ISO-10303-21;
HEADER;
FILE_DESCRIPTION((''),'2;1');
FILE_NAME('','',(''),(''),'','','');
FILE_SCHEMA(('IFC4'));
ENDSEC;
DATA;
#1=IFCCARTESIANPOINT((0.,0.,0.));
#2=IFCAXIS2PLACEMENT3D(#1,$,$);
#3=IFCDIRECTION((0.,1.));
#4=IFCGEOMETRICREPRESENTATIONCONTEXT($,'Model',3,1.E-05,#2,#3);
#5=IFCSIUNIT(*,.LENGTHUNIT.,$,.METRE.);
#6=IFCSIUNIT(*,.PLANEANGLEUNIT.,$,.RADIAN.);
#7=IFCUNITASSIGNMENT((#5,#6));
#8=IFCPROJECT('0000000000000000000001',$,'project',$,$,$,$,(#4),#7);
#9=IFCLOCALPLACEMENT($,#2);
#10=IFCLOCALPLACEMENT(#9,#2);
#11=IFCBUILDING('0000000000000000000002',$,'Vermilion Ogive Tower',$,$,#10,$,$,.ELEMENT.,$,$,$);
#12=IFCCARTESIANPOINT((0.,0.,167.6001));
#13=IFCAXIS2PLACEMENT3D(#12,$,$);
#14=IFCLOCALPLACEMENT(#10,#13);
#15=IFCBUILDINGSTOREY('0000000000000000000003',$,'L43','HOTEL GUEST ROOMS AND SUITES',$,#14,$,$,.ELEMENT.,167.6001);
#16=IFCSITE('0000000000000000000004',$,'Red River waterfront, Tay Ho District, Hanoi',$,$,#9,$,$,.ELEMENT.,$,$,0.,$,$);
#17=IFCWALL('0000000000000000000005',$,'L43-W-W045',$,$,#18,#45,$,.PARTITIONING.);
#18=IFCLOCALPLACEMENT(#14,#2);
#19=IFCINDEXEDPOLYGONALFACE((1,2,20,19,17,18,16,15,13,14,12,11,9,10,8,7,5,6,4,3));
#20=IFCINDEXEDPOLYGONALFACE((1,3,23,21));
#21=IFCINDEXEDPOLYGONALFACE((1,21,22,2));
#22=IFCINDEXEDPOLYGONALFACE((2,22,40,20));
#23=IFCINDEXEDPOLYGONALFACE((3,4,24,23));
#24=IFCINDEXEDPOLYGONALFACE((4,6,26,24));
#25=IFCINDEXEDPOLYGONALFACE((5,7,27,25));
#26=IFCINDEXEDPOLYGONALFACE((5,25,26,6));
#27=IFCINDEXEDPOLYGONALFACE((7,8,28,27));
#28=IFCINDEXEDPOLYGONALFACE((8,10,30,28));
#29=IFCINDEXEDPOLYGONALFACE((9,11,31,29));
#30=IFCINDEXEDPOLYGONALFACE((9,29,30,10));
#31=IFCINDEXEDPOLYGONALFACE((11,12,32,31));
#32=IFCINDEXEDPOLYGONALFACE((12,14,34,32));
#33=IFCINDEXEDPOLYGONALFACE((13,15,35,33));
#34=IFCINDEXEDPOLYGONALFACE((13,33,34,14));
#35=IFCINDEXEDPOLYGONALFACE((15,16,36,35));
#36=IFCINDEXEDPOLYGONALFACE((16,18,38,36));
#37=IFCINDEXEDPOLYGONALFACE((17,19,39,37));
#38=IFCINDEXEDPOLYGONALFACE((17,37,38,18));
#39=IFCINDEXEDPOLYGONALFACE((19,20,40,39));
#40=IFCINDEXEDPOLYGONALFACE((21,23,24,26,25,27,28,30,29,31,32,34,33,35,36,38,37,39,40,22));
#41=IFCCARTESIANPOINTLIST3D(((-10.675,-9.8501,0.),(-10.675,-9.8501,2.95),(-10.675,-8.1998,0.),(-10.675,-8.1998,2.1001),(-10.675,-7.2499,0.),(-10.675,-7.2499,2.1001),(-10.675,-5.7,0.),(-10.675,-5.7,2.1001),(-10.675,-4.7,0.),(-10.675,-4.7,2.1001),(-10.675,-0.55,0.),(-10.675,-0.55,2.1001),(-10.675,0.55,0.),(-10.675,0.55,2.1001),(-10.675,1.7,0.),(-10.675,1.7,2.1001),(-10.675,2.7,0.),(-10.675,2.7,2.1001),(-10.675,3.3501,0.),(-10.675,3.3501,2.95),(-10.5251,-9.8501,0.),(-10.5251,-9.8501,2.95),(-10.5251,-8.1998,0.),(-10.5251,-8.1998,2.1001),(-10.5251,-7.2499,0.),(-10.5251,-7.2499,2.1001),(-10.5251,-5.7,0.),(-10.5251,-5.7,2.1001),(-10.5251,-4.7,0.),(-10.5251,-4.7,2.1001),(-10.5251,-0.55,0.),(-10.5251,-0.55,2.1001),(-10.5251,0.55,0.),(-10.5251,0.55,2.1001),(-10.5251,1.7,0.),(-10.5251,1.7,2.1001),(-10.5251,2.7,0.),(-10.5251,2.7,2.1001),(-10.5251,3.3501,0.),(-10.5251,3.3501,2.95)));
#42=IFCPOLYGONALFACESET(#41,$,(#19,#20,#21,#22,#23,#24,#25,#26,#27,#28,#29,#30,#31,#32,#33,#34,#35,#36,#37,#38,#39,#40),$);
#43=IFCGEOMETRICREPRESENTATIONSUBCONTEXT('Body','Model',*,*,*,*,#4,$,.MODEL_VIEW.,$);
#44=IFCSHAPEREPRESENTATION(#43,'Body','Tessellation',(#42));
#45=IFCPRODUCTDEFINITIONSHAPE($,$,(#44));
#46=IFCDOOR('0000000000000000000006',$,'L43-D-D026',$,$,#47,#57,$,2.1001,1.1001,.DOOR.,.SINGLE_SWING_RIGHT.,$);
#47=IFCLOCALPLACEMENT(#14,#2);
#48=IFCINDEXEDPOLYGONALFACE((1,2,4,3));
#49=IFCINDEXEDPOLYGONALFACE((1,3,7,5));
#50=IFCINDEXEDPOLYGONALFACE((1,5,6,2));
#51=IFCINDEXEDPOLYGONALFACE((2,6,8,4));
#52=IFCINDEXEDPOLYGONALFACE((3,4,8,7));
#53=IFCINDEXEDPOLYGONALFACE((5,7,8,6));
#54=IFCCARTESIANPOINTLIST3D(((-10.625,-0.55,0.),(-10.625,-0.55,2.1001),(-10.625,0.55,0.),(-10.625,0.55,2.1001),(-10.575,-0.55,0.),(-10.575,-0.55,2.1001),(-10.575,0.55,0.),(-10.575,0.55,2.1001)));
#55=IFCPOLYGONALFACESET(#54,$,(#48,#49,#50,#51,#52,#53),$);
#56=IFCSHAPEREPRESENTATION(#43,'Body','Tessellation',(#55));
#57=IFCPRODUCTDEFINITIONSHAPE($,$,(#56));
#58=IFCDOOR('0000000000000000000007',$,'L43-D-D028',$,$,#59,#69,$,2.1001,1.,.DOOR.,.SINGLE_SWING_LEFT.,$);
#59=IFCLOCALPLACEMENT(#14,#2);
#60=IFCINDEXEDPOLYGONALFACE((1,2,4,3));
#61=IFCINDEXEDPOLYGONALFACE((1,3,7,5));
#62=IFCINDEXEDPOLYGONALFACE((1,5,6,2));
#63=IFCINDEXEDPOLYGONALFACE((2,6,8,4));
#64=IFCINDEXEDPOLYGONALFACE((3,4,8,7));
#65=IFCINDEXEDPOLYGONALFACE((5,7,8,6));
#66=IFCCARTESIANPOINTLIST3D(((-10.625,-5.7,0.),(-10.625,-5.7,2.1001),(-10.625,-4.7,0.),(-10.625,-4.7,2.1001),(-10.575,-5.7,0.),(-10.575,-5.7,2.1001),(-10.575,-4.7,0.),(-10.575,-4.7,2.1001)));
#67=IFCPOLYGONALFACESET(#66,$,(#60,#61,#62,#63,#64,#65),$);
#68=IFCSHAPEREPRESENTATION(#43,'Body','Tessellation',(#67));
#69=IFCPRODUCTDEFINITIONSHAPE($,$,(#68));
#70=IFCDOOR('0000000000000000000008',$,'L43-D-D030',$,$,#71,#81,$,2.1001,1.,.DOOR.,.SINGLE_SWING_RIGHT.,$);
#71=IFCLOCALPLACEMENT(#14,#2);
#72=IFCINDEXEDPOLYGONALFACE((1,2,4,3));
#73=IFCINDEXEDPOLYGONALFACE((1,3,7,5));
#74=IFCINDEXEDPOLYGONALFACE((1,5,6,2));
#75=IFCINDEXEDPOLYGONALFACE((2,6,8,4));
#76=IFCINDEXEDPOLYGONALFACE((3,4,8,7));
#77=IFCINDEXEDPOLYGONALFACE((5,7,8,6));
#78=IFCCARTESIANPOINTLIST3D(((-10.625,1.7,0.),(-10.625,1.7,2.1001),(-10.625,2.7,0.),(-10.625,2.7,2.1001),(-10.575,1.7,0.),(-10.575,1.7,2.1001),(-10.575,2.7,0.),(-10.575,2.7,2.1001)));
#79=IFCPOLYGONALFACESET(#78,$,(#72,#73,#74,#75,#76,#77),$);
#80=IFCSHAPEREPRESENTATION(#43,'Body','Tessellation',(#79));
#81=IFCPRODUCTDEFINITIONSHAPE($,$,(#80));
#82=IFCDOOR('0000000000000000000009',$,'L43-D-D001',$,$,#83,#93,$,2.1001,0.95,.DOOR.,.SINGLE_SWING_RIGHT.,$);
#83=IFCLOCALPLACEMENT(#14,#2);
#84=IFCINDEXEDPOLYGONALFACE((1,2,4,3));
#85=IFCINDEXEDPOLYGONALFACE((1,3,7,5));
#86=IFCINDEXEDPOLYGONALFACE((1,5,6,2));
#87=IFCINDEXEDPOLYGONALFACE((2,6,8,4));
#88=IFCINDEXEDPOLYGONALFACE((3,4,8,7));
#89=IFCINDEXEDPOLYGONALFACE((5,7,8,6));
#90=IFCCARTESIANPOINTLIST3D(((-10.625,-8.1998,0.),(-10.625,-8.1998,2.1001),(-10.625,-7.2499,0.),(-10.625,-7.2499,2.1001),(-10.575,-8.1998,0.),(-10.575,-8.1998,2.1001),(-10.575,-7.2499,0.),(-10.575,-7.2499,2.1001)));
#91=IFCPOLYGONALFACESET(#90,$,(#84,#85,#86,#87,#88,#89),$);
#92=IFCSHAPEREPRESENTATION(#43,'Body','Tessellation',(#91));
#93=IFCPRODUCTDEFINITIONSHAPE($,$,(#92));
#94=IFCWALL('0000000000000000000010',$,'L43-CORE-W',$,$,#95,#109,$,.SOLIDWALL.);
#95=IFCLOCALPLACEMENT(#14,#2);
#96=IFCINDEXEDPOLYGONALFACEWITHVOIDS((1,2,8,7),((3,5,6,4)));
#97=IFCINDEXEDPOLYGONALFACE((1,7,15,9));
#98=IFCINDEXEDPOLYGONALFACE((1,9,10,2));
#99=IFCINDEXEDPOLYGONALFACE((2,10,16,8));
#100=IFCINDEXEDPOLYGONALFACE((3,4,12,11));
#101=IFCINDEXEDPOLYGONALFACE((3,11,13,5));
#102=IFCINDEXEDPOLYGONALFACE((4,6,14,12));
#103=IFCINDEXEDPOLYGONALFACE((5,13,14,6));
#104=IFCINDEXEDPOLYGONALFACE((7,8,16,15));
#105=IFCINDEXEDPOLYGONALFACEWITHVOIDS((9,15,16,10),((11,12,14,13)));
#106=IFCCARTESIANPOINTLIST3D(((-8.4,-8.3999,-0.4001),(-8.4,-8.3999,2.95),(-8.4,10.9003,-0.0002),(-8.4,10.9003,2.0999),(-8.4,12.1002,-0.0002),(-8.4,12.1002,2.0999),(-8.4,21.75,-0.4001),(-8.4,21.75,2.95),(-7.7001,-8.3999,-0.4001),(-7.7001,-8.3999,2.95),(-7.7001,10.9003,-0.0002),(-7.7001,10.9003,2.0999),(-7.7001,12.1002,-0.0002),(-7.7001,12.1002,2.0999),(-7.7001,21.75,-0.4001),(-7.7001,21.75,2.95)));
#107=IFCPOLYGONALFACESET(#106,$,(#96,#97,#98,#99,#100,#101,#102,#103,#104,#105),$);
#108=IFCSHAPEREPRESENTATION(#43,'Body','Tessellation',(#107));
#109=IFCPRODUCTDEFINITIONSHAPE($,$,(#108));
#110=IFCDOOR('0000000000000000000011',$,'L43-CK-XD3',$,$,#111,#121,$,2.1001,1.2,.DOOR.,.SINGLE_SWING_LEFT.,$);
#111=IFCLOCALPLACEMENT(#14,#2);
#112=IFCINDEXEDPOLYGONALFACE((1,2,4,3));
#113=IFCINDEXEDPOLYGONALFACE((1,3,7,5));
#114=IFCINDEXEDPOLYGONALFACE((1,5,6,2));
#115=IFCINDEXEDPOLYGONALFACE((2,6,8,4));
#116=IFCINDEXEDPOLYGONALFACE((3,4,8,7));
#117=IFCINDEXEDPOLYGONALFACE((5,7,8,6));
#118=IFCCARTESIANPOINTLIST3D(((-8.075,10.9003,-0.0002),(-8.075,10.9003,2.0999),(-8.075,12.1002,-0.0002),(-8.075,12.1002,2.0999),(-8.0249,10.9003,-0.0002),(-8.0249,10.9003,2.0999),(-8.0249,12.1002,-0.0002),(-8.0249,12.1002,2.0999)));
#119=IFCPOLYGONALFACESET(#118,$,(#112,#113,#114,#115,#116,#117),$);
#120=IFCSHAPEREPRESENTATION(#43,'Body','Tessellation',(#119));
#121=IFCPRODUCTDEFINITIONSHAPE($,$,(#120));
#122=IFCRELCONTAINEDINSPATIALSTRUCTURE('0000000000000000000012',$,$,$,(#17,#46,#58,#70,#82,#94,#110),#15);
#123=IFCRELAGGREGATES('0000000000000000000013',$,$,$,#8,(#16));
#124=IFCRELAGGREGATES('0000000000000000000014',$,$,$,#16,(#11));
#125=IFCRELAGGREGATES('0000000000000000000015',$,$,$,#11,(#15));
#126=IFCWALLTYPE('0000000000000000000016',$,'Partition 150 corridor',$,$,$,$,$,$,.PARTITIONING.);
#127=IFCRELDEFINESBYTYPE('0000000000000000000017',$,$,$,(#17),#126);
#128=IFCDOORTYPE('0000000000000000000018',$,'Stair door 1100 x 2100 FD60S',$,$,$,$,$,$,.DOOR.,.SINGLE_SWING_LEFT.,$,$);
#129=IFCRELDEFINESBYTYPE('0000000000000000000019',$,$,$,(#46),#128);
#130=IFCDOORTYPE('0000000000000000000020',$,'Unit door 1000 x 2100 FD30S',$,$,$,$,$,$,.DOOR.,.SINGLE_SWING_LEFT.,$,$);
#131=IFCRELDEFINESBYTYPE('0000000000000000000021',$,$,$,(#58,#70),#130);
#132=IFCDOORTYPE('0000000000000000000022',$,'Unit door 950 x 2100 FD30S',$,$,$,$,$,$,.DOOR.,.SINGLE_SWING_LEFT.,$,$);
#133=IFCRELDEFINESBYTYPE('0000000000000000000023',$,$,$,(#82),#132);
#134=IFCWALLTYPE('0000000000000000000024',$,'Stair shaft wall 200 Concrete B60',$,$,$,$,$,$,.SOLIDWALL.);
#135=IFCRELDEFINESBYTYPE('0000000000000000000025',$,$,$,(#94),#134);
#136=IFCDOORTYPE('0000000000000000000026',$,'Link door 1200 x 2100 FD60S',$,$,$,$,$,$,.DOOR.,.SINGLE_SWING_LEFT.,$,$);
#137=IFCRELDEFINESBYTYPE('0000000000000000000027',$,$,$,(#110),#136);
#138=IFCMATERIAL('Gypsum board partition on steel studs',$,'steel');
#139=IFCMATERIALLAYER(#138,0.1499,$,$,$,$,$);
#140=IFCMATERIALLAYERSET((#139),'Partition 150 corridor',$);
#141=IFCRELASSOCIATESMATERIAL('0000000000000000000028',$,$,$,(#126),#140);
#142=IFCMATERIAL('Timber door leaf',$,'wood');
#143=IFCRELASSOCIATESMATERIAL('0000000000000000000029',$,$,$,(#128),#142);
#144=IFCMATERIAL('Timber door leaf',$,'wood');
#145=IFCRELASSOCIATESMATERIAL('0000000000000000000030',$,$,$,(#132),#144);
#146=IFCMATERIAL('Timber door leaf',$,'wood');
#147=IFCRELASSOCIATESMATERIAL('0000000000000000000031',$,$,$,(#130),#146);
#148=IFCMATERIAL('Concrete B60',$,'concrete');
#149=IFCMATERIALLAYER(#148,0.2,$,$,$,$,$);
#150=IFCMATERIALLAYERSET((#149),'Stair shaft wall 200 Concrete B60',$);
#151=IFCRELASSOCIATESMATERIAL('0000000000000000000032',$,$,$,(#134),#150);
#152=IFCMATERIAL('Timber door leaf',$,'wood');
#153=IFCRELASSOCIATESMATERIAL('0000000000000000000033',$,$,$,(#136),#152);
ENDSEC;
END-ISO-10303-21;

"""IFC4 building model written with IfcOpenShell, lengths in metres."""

from ifc_helpers import new_model, si_unit, direction, frame, frame_2d, origin, place, context, subcontext, project, spatial, rectangle, extrude, material, layer, layer_set, type_object, element, fill, save


model = new_model("IFC4")

# Units and contexts
model_context = context("Model", 3, precision=1e-05, world=origin(), true_north=direction((0.0, 1.0)))
body_context = subcontext(model_context, "Body", "Model", "MODEL_VIEW")
ifc_project = project(units=[si_unit("LENGTHUNIT", "METRE"), si_unit("PLANEANGLEUNIT", "RADIAN")], contexts=[model_context])

# Site, building, storey
site_placement = place(None, origin())
site = spatial("IfcSite", under=ifc_project, at=site_placement, Name="Red River waterfront, Tay Ho District, Hanoi", CompositionType="ELEMENT", RefElevation=0.0)
building_placement = place(site_placement, origin())
building = spatial("IfcBuilding", under=site, at=building_placement, Name="Vermilion Ogive Tower", CompositionType="ELEMENT")
storey_placement = place(building_placement, frame((0.0, 0.0, 167.6001)))
storey = spatial("IfcBuildingStorey", under=building, at=storey_placement, Name="L43", Description="HOTEL GUEST ROOMS AND SUITES", CompositionType="ELEMENT", Elevation=167.6001)

# Wall, openings, doors
ifc_material_1 = material(Name="Gypsum board partition on steel studs", Category="steel")
ifc_layer_1 = layer(ifc_material_1, 0.1499)
ifc_layer_set_1 = layer_set([ifc_layer_1], Name="Partition 150 corridor")
wall_type_1 = type_object("IfcWallType", Name="Partition 150 corridor", PredefinedType="PARTITIONING", material=ifc_layer_set_1)
ifc_material_2 = material(Name="Timber door leaf", Category="wood")
door_type_1 = type_object("IfcDoorType", Name="Stair door 1100 x 2100 FD60S", OperationType="SINGLE_SWING_LEFT", PredefinedType="DOOR", material=ifc_material_2)
ifc_material_3 = material(Name="Timber door leaf", Category="wood")
door_type_2 = type_object("IfcDoorType", Name="Unit door 950 x 2100 FD30S", OperationType="SINGLE_SWING_LEFT", PredefinedType="DOOR", material=ifc_material_3)
wall_1_placement = place(storey_placement, frame((-10.6001, -9.8501, 0.0), z_axis=(0.0, 0.0, 1.0), x_axis=(0.0, 1.0, 0.0)))
wall_1 = element("IfcWall", 1, at=wall_1_placement, inside=storey, type_object=wall_type_1, Name="L43-W-W045", PredefinedType="PARTITIONING", context=body_context, shape_type="SweptSolid", body=[
    extrude(rectangle(XDim=13.2002, YDim=0.1499, at=frame_2d((6.6001, 0.0))), origin(), (0.0, 0.0, 1.0), 2.95),
])
opening_1_placement = place(wall_1_placement, frame((1.6501, 0.0, 0.0)))
opening_1 = element("IfcOpeningElement", 2, at=opening_1_placement, cuts=wall_1, PredefinedType="OPENING", context=body_context, shape_type="SweptSolid", body=[
    extrude(rectangle(XDim=0.95, YDim=2.1001, at=frame_2d((0.4751, 1.05))), frame((0.0, 0.085, 0.0), z_axis=(0.0, -1.0, 0.0), x_axis=(1.0, 0.0, 0.0)), (0.0, 0.0, 1.0), 0.1699),
])
opening_2_placement = place(wall_1_placement, frame((9.3, 0.0, 0.0)))
opening_2 = element("IfcOpeningElement", 3, at=opening_2_placement, cuts=wall_1, PredefinedType="OPENING", context=body_context, shape_type="SweptSolid", body=[
    extrude(rectangle(XDim=1.1001, YDim=2.1001, at=frame_2d((0.55, 1.05))), frame((0.0, 0.085, 0.0), z_axis=(0.0, -1.0, 0.0), x_axis=(1.0, 0.0, 0.0)), (0.0, 0.0, 1.0), 0.1699),
])
opening_3_placement = place(wall_1_placement, frame((4.1501, 0.0, 0.0)))
opening_3 = element("IfcOpeningElement", 4, at=opening_3_placement, cuts=wall_1, PredefinedType="OPENING", context=body_context, shape_type="SweptSolid", body=[
    extrude(rectangle(XDim=1.0, YDim=2.1001, at=frame_2d((0.5, 1.05))), frame((0.0, 0.085, 0.0), z_axis=(0.0, -1.0, 0.0), x_axis=(1.0, 0.0, 0.0)), (0.0, 0.0, 1.0), 0.1699),
])
opening_4_placement = place(wall_1_placement, frame((11.55, 0.0, 0.0)))
opening_4 = element("IfcOpeningElement", 5, at=opening_4_placement, cuts=wall_1, PredefinedType="OPENING", context=body_context, shape_type="SweptSolid", body=[
    extrude(rectangle(XDim=1.0, YDim=2.1001, at=frame_2d((0.5, 1.05))), frame((0.0, 0.085, 0.0), z_axis=(0.0, -1.0, 0.0), x_axis=(1.0, 0.0, 0.0)), (0.0, 0.0, 1.0), 0.1699),
])
door_1_placement = place(opening_2_placement, origin())
door_1 = element("IfcDoor", 6, at=door_1_placement, inside=storey, type_object=door_type_1, Name="L43-D-D026", OperationType="SINGLE_SWING_RIGHT", OverallHeight=2.1001, OverallWidth=1.1001, PredefinedType="DOOR", context=body_context, shape_type="SweptSolid", body=[
    extrude(rectangle(XDim=1.1001, YDim=2.1001, at=frame_2d((0.55, 1.05))), frame((0.0, 0.0249, 0.0), z_axis=(0.0, -1.0, 0.0), x_axis=(1.0, 0.0, 0.0)), (0.0, 0.0, 1.0), 0.05),
])
fill(opening_2, door_1)
ifc_material_4 = material(Name="Timber door leaf", Category="wood")
door_type_3 = type_object("IfcDoorType", Name="Unit door 1000 x 2100 FD30S", OperationType="SINGLE_SWING_LEFT", PredefinedType="DOOR", material=ifc_material_4)
door_2_placement = place(opening_3_placement, origin())
door_2 = element("IfcDoor", 7, at=door_2_placement, inside=storey, type_object=door_type_3, Name="L43-D-D028", OperationType="SINGLE_SWING_LEFT", OverallHeight=2.1001, OverallWidth=1.0, PredefinedType="DOOR", context=body_context, shape_type="SweptSolid", body=[
    extrude(rectangle(XDim=1.0, YDim=2.1001, at=frame_2d((0.5, 1.05))), frame((0.0, 0.0249, 0.0), z_axis=(0.0, -1.0, 0.0), x_axis=(1.0, 0.0, 0.0)), (0.0, 0.0, 1.0), 0.05),
])
fill(opening_3, door_2)
door_3_placement = place(opening_4_placement, origin())
door_3 = element("IfcDoor", 8, at=door_3_placement, inside=storey, type_object=door_type_3, Name="L43-D-D030", OperationType="SINGLE_SWING_RIGHT", OverallHeight=2.1001, OverallWidth=1.0, PredefinedType="DOOR", context=body_context, shape_type="SweptSolid", body=[
    extrude(rectangle(XDim=1.0, YDim=2.1001, at=frame_2d((0.5, 1.05))), frame((0.0, 0.0249, 0.0), z_axis=(0.0, -1.0, 0.0), x_axis=(1.0, 0.0, 0.0)), (0.0, 0.0, 1.0), 0.05),
])
fill(opening_4, door_3)
door_4_placement = place(opening_1_placement, origin())
door_4 = element("IfcDoor", 9, at=door_4_placement, inside=storey, type_object=door_type_2, Name="L43-D-D001", OperationType="SINGLE_SWING_RIGHT", OverallHeight=2.1001, OverallWidth=0.95, PredefinedType="DOOR", context=body_context, shape_type="SweptSolid", body=[
    extrude(rectangle(XDim=0.95, YDim=2.1001, at=frame_2d((0.4751, 1.05))), frame((0.0, 0.0249, 0.0), z_axis=(0.0, -1.0, 0.0), x_axis=(1.0, 0.0, 0.0)), (0.0, 0.0, 1.0), 0.05),
])
fill(opening_1, door_4)

# Wall, opening, door
ifc_material_5 = material(Name="Concrete B60", Category="concrete")
ifc_layer_2 = layer(ifc_material_5, 0.2)
ifc_layer_set_2 = layer_set([ifc_layer_2], Name="Stair shaft wall 200 Concrete B60")
wall_type_2 = type_object("IfcWallType", Name="Stair shaft wall 200 Concrete B60", PredefinedType="SOLIDWALL", material=ifc_layer_set_2)
wall_2_placement = place(storey_placement, frame((-8.05, -8.3999, -0.4001), z_axis=(0.0, 0.0, 1.0), x_axis=(0.0, 1.0, 0.0)))
wall_2 = element("IfcWall", 10, at=wall_2_placement, inside=storey, type_object=wall_type_2, Name="L43-CORE-W", PredefinedType="SOLIDWALL", context=body_context, shape_type="SweptSolid", body=[
    extrude(rectangle(XDim=30.1499, YDim=0.7, at=frame_2d((15.075, 0.0))), origin(), (0.0, 0.0, 1.0), 3.3501),
])
opening_5_placement = place(wall_2_placement, frame((19.3, 0.0, 0.3999)))
opening_5 = element("IfcOpeningElement", 11, at=opening_5_placement, cuts=wall_2, PredefinedType="OPENING", context=body_context, shape_type="SweptSolid", body=[
    extrude(rectangle(XDim=1.2, YDim=2.1001, at=frame_2d((0.6001, 1.05))), frame((0.0, 0.3599, 0.0), z_axis=(0.0, -1.0, 0.0), x_axis=(1.0, 0.0, 0.0)), (0.0, 0.0, 1.0), 0.72),
])
ifc_material_6 = material(Name="Timber door leaf", Category="wood")
door_type_4 = type_object("IfcDoorType", Name="Link door 1200 x 2100 FD60S", OperationType="SINGLE_SWING_LEFT", PredefinedType="DOOR", material=ifc_material_6)
door_5_placement = place(opening_5_placement, origin())
door_5 = element("IfcDoor", 12, at=door_5_placement, inside=storey, type_object=door_type_4, Name="L43-CK-XD3", OperationType="SINGLE_SWING_LEFT", OverallHeight=2.1001, OverallWidth=1.2, PredefinedType="DOOR", context=body_context, shape_type="SweptSolid", body=[
    extrude(rectangle(XDim=1.2, YDim=2.1001, at=frame_2d((0.6001, 1.05))), frame((0.0, 0.0249, 0.0), z_axis=(0.0, -1.0, 0.0), x_axis=(1.0, 0.0, 0.0)), (0.0, 0.0, 1.0), 0.05),
])
fill(opening_5, door_5)

save(model, "model.ifc")
